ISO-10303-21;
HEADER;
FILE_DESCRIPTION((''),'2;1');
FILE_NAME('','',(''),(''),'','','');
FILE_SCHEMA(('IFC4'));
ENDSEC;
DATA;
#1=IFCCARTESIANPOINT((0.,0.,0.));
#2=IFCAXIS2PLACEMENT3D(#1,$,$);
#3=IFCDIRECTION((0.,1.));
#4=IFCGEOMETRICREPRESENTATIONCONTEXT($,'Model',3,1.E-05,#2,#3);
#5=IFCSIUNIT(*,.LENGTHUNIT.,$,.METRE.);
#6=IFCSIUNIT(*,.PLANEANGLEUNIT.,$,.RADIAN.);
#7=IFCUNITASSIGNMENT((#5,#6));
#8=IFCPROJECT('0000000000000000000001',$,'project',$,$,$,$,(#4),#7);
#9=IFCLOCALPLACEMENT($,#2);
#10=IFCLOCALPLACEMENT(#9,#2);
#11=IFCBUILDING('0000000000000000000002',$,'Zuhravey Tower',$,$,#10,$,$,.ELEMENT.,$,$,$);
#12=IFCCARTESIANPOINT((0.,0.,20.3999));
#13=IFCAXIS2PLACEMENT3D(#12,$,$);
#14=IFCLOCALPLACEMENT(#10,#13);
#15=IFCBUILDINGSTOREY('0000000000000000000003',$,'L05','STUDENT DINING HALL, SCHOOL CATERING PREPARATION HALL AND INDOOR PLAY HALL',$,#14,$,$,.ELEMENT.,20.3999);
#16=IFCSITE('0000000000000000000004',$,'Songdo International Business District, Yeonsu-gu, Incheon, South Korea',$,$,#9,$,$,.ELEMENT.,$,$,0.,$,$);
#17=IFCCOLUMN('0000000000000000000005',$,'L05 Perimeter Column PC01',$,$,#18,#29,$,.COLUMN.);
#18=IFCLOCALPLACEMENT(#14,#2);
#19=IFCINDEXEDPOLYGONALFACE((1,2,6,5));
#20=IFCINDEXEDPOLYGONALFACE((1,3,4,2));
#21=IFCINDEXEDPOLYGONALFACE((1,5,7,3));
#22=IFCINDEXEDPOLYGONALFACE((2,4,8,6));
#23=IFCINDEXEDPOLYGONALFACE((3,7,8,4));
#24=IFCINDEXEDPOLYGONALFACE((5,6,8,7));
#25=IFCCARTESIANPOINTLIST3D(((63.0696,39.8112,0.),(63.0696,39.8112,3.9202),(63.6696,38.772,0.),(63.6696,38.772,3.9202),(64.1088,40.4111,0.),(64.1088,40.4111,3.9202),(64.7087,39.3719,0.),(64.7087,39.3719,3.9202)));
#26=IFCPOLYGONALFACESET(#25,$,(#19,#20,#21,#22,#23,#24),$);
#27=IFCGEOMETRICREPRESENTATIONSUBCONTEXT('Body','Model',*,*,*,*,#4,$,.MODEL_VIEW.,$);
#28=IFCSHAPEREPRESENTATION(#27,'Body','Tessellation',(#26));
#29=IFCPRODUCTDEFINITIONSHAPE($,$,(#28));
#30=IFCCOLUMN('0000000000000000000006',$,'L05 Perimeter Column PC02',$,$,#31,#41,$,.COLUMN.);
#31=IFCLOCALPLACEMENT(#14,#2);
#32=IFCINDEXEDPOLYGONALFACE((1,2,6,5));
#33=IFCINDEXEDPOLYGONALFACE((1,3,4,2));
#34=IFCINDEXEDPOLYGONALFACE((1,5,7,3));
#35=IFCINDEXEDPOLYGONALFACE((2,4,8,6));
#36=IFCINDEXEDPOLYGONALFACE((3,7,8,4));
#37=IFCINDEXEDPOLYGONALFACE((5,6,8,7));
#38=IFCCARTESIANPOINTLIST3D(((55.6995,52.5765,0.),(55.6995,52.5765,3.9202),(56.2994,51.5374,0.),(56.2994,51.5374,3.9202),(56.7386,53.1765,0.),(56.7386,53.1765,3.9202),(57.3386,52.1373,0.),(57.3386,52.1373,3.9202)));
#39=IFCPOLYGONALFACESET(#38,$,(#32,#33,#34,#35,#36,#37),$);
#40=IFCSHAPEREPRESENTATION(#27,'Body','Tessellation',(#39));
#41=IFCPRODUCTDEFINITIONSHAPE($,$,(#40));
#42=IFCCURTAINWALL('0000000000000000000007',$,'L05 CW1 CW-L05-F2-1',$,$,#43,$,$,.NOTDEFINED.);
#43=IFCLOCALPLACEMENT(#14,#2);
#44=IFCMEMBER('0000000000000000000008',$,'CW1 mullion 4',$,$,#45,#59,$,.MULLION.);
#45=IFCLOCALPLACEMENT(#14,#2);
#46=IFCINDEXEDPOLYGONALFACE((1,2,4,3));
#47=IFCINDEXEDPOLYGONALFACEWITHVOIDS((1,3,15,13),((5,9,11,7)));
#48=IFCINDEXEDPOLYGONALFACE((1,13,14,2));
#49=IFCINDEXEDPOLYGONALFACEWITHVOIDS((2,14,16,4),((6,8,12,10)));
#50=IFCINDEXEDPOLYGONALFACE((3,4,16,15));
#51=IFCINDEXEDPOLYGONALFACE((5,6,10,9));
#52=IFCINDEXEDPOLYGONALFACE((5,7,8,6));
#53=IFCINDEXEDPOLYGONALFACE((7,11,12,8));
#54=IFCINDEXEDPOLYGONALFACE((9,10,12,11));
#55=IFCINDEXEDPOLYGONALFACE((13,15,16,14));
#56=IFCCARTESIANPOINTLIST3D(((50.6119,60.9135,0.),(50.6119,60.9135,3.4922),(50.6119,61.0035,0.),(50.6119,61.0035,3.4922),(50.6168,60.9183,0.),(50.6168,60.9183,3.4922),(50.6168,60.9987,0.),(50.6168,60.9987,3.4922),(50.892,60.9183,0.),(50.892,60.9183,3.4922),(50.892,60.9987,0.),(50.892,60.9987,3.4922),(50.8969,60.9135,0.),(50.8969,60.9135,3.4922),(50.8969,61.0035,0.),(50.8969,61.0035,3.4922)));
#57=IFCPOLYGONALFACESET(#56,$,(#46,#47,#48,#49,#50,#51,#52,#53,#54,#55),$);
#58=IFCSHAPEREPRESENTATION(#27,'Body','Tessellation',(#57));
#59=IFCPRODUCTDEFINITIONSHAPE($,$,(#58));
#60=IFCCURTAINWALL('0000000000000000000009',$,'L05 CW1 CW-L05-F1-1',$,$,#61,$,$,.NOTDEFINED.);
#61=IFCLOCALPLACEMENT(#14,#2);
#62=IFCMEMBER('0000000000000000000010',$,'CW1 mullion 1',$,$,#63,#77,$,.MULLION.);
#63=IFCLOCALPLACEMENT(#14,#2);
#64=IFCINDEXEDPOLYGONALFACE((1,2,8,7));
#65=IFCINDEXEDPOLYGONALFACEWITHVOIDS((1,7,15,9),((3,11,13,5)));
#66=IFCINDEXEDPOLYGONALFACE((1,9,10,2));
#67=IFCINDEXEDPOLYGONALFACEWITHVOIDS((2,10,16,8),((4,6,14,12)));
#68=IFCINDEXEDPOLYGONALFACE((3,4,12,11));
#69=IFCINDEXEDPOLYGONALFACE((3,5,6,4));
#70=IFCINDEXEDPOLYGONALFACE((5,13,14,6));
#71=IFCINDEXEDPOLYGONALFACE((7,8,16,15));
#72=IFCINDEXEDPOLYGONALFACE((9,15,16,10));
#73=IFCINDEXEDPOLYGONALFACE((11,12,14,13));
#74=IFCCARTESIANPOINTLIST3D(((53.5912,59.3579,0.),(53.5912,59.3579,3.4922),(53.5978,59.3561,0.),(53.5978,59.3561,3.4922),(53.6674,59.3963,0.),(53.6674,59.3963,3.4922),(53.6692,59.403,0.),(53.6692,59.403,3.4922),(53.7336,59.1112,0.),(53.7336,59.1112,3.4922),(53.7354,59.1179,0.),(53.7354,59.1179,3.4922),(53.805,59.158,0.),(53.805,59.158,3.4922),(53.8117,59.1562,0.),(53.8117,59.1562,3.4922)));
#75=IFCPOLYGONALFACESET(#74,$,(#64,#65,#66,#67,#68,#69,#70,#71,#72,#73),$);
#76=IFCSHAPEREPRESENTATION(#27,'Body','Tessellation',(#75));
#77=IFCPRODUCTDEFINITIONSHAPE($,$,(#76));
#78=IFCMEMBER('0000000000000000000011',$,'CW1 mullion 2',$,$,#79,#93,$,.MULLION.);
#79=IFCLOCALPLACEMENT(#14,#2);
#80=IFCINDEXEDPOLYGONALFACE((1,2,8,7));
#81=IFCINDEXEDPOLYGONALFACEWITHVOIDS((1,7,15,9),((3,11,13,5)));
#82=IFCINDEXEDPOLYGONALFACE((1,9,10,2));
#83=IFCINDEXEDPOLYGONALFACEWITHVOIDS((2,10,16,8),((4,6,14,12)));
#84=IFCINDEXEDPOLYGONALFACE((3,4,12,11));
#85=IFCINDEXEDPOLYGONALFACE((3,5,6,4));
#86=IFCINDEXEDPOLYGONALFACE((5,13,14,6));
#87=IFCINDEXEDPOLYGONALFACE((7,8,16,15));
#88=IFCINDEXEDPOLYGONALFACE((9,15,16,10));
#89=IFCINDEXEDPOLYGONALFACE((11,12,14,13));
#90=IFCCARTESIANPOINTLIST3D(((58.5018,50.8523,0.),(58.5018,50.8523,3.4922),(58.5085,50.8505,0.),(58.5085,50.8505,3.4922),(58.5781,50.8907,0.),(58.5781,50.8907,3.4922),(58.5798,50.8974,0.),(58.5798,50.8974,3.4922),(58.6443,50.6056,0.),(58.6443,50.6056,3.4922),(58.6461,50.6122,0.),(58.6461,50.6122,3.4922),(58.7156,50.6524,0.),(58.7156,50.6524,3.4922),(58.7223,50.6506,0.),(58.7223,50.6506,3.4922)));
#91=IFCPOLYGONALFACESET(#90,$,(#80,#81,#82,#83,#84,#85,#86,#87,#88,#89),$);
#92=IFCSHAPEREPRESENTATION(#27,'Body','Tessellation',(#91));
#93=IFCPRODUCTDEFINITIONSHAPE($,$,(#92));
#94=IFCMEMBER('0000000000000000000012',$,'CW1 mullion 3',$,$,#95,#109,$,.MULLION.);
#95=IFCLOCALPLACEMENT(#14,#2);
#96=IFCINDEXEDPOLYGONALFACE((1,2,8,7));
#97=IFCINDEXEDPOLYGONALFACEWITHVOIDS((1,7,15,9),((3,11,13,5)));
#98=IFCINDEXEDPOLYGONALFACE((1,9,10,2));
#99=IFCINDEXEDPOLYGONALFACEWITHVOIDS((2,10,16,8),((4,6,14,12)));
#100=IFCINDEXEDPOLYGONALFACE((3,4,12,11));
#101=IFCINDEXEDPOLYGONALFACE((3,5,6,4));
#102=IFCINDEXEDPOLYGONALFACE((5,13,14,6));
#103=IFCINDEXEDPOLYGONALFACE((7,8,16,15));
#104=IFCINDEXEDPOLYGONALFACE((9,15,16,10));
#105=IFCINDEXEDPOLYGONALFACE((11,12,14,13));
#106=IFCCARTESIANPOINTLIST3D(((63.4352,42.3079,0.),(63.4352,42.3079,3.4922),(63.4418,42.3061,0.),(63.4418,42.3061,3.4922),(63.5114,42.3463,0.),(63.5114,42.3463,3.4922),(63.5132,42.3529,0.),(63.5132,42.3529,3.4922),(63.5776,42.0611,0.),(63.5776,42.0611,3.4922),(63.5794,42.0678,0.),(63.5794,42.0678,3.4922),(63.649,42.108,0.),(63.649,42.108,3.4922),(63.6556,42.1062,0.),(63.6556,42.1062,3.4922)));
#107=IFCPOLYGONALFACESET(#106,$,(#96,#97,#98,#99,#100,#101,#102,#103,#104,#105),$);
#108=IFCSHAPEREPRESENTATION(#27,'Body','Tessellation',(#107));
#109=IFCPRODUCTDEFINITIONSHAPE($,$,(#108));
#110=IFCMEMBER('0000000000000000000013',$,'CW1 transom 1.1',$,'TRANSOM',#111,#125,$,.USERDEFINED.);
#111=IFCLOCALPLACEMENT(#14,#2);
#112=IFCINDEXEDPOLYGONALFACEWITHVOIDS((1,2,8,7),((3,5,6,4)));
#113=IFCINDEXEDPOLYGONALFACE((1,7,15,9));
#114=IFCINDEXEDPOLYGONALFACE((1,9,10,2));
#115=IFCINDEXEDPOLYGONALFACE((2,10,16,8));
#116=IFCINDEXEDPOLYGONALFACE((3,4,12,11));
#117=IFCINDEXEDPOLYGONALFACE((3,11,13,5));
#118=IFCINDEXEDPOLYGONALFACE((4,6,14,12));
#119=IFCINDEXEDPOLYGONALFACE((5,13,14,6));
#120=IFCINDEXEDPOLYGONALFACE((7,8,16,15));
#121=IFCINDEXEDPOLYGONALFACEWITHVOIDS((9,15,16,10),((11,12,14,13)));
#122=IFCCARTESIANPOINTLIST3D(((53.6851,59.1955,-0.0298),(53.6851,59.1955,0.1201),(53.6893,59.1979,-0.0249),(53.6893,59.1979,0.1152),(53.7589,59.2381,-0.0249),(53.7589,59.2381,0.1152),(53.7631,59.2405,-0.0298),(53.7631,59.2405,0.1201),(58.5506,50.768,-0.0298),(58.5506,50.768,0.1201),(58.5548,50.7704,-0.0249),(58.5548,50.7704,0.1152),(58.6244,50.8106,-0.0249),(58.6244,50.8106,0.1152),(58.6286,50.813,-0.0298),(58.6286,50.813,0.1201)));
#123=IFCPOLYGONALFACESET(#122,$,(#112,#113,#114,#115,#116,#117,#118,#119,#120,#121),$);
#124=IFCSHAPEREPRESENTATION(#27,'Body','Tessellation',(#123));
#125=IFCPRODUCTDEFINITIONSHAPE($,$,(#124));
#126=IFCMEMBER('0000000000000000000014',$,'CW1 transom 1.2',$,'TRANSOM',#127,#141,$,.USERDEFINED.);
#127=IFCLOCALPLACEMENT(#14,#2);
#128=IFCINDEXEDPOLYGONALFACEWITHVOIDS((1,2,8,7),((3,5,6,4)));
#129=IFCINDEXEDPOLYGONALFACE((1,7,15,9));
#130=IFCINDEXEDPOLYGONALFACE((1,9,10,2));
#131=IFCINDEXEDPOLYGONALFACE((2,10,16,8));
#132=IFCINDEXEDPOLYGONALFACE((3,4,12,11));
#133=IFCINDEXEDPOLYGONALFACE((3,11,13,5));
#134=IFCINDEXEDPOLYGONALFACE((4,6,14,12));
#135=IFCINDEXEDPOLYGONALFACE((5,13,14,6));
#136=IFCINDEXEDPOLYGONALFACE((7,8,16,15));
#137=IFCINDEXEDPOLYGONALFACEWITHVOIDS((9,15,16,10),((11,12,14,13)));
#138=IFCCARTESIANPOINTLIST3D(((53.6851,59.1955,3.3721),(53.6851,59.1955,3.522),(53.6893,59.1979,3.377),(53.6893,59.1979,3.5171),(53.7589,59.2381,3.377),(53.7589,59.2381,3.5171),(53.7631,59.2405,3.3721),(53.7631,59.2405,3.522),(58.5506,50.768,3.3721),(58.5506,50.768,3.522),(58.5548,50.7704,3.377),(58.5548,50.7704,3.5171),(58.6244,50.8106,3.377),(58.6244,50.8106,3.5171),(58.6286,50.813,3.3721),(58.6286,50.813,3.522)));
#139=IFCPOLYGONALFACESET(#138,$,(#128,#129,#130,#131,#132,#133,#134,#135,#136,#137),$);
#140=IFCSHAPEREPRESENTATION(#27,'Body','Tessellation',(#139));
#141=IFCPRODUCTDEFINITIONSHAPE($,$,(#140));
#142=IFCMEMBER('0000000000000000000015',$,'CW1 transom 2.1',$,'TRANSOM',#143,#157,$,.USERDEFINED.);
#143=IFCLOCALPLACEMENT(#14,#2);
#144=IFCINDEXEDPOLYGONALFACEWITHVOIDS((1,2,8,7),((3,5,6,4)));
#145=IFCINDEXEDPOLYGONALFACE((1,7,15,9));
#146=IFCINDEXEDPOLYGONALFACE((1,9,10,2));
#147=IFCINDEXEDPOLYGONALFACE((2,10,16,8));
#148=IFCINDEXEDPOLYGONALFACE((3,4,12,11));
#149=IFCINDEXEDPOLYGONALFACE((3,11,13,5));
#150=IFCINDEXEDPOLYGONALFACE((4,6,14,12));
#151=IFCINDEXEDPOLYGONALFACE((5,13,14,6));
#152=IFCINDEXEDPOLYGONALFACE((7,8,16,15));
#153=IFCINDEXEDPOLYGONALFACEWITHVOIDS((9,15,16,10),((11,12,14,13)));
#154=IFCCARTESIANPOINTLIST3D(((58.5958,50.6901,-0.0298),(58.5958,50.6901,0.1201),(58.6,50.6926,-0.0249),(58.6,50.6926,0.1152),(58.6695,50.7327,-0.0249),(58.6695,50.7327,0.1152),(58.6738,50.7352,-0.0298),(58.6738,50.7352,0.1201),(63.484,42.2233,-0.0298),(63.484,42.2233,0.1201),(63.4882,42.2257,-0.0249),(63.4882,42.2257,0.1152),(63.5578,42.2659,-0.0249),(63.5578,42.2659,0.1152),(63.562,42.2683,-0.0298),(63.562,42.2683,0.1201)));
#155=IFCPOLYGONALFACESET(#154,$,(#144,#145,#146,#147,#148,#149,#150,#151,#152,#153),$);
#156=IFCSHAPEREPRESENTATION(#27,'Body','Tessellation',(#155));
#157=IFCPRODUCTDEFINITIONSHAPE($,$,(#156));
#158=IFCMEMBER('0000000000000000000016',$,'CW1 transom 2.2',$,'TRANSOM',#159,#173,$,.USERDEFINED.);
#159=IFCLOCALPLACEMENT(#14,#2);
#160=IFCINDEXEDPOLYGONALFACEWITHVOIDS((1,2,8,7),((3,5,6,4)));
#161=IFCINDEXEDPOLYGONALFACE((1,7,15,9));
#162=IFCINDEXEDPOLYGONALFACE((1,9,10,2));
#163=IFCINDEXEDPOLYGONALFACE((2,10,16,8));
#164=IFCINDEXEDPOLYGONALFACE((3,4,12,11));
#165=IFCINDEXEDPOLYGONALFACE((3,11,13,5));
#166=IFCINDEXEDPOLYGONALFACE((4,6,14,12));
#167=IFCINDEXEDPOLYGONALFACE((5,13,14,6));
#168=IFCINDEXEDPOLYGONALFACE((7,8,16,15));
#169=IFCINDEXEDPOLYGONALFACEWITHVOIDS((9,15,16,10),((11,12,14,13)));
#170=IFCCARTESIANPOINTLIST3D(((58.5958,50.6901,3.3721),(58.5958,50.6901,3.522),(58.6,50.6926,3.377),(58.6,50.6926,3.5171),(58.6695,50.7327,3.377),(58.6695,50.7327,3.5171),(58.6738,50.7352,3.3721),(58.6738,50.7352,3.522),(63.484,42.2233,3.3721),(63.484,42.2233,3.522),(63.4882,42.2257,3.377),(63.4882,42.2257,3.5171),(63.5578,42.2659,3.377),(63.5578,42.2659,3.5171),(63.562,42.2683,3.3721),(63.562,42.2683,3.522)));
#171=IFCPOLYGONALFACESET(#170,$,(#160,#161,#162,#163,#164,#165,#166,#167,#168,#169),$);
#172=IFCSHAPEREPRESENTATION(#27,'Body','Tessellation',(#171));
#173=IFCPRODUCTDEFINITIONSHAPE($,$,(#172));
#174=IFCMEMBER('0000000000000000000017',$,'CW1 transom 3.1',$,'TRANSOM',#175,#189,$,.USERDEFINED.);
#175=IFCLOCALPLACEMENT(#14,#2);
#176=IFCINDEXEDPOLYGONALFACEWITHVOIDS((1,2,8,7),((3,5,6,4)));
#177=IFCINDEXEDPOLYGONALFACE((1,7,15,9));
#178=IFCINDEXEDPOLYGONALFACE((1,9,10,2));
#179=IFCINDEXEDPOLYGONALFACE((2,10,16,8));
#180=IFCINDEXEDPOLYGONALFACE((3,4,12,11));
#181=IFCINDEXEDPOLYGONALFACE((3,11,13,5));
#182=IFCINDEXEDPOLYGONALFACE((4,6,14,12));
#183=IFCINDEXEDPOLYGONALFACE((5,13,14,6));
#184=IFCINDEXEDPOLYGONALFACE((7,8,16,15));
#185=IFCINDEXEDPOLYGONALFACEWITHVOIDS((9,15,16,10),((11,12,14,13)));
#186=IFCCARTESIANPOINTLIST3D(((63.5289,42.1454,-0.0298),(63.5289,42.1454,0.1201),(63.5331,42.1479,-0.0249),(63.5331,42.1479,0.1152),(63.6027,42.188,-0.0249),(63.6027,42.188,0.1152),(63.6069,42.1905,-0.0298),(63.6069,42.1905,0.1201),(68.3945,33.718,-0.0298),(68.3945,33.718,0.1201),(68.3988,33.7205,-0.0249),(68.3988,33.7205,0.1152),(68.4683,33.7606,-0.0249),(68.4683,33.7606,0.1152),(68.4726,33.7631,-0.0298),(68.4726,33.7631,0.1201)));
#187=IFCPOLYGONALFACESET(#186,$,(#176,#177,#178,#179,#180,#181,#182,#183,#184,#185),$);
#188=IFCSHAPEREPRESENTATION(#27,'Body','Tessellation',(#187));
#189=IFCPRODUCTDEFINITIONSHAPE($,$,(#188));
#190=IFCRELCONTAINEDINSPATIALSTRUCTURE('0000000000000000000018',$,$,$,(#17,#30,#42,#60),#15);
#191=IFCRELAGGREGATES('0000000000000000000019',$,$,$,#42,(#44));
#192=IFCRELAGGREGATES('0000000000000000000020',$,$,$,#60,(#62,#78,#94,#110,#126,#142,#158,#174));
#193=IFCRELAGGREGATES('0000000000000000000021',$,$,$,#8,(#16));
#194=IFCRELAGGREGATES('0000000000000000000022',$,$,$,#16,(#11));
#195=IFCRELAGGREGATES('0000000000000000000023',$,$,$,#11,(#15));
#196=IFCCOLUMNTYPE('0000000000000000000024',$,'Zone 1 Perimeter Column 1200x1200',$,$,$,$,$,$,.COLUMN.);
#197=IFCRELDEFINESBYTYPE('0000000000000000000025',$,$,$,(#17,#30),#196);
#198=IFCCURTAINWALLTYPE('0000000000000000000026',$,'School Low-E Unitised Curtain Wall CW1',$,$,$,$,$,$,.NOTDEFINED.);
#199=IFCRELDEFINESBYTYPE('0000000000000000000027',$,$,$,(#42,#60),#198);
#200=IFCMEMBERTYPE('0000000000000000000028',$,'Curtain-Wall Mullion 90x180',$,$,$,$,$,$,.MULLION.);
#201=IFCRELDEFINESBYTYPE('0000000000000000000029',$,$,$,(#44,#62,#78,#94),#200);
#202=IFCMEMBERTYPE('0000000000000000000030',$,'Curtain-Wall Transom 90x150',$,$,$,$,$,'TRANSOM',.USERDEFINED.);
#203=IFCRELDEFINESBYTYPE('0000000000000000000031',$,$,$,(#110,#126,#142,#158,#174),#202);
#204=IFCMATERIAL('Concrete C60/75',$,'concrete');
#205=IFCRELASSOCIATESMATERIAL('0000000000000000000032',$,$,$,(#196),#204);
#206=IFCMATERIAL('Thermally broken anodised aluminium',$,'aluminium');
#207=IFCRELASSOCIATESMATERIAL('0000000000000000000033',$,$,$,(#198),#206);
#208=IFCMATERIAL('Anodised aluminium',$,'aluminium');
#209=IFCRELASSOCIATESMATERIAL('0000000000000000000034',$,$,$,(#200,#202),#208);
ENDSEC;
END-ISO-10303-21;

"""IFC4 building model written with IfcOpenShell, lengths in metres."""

from ifc_helpers import new_model, si_unit, direction, frame, origin, origin_2d, place, context, subcontext, project, spatial, rectangle, hollow_rectangle, extrude, material, material_profile, profile_set, type_object, element, aggregate, save


model = new_model("IFC4")

# Units and contexts
model_context = context("Model", 3, precision=1e-05, world=origin(), true_north=direction((0.0, 1.0)))
body_context = subcontext(model_context, "Body", "Model", "MODEL_VIEW")
ifc_project = project(units=[si_unit("LENGTHUNIT", "METRE"), si_unit("PLANEANGLEUNIT", "RADIAN")], contexts=[model_context])

# Site, building, storey
site_placement = place(None, origin())
site = spatial("IfcSite", under=ifc_project, at=site_placement, Name="Songdo International Business District, Yeonsu-gu, Incheon, South Korea", CompositionType="ELEMENT", RefElevation=0.0)
building_placement = place(site_placement, origin())
building = spatial("IfcBuilding", under=site, at=building_placement, Name="Zuhravey Tower", CompositionType="ELEMENT")
storey_placement = place(building_placement, frame((0.0, 0.0, 20.3999)))
storey = spatial("IfcBuildingStorey", under=building, at=storey_placement, Name="L05", Description="STUDENT DINING HALL, SCHOOL CATERING PREPARATION HALL AND INDOOR PLAY HALL", CompositionType="ELEMENT", Elevation=20.3999)

# Columns
ifc_material_1 = material(Name="Concrete C60/75", Category="concrete")
ifc_material_profile_1 = material_profile(ifc_material_1, rectangle(XDim=1.2, YDim=1.2, at=origin_2d()), Name="RC-1200x1200")
ifc_profile_set_1 = profile_set([ifc_material_profile_1], Name="Concrete C60/75")
column_type = type_object("IfcColumnType", Name="Zone 1 Perimeter Column 1200x1200", PredefinedType="COLUMN", material=ifc_profile_set_1)
for number, where, z_axis, x_axis, name in (
    (1, (63.8892, 39.5916, 0.0), (0.0, 0.0, 1.0), (-0.5, 0.866025, 0.0), "L05 Perimeter Column PC01"),
    (2, (56.519, 52.3569, 0.0), (0.0, 0.0, 1.0), (-0.5, 0.866025, 0.0), "L05 Perimeter Column PC02"),
):
    element("IfcColumn", number, at=place(storey_placement, frame(where, z_axis=z_axis, x_axis=x_axis)), inside=storey, type_object=column_type, Name=name, PredefinedType="COLUMN", context=body_context, shape_type="SweptSolid", body=[
        extrude(rectangle(XDim=1.2, YDim=1.2, at=origin_2d()), origin(), (0.0, 0.0, 1.0), 3.9202),
    ])

# Curtain wall, member
ifc_material_2 = material(Name="Thermally broken anodised aluminium", Category="aluminium")
curtain_wall_type = type_object("IfcCurtainWallType", Name="School Low-E Unitised Curtain Wall CW1", PredefinedType="NOTDEFINED", material=ifc_material_2)
curtain_wall_1_placement = place(storey_placement, origin())
curtain_wall_1 = element("IfcCurtainWall", 3, at=curtain_wall_1_placement, inside=storey, type_object=curtain_wall_type, Name="L05 CW1 CW-L05-F2-1", PredefinedType="NOTDEFINED")
ifc_material_3 = material(Name="Anodised aluminium", Category="aluminium")
ifc_material_profile_2 = material_profile(ifc_material_3, hollow_rectangle(XDim=0.0901, YDim=0.2849, WallThickness=0.0049, at=origin_2d()), Name="ALU-RHS-90x285x5")
ifc_profile_set_2 = profile_set([ifc_material_profile_2], Name="Anodised aluminium")
member_type_1 = type_object("IfcMemberType", Name="Curtain-Wall Mullion 90x180", PredefinedType="MULLION", material=ifc_profile_set_2)
member_1_placement = place(storey_placement, frame((50.7544, 60.9585, 0.0), z_axis=(0.0, 0.0, 1.0), x_axis=(0.0, 1.0, 0.0)))
member_1 = element("IfcMember", 4, at=member_1_placement, type_object=member_type_1, Name="CW1 mullion 4", PredefinedType="MULLION", context=body_context, shape_type="SweptSolid", body=[
    extrude(hollow_rectangle(XDim=0.0901, YDim=0.2849, WallThickness=0.0049, at=origin_2d()), origin(), (0.0, 0.0, 1.0), 3.4922),
])
aggregate(curtain_wall_1, [member_1])

# Curtain wall, members
curtain_wall_2_placement = place(storey_placement, origin())
curtain_wall_2 = element("IfcCurtainWall", 5, at=curtain_wall_2_placement, inside=storey, type_object=curtain_wall_type, Name="L05 CW1 CW-L05-F1-1", PredefinedType="NOTDEFINED")
member_2_placement = place(storey_placement, frame((53.7014, 59.2571, 0.0), z_axis=(0.0, 0.0, 1.0), x_axis=(0.866026, 0.5, 0.0)))
member_2 = element("IfcMember", 6, at=member_2_placement, type_object=member_type_1, Name="CW1 mullion 1", PredefinedType="MULLION", context=body_context, shape_type="SweptSolid", body=[
    extrude(hollow_rectangle(XDim=0.0901, YDim=0.2849, WallThickness=0.0049, at=origin_2d()), origin(), (0.0, 0.0, 1.0), 3.4922),
])
member_3_placement = place(storey_placement, frame((58.6121, 50.7515, 0.0), z_axis=(0.0, 0.0, 1.0), x_axis=(0.866026, 0.5, 0.0)))
member_3 = element("IfcMember", 7, at=member_3_placement, type_object=member_type_1, Name="CW1 mullion 2", PredefinedType="MULLION", context=body_context, shape_type="SweptSolid", body=[
    extrude(hollow_rectangle(XDim=0.0901, YDim=0.2849, WallThickness=0.0049, at=origin_2d()), origin(), (0.0, 0.0, 1.0), 3.4922),
])
member_4_placement = place(storey_placement, frame((63.5454, 42.207, 0.0), z_axis=(0.0, 0.0, 1.0), x_axis=(0.866026, 0.5, 0.0)))
member_4 = element("IfcMember", 8, at=member_4_placement, type_object=member_type_1, Name="CW1 mullion 3", PredefinedType="MULLION", context=body_context, shape_type="SweptSolid", body=[
    extrude(hollow_rectangle(XDim=0.0901, YDim=0.2849, WallThickness=0.0049, at=origin_2d()), origin(), (0.0, 0.0, 1.0), 3.4922),
])
ifc_material_profile_3 = material_profile(ifc_material_3, hollow_rectangle(XDim=0.0901, YDim=0.1499, WallThickness=0.0049, at=origin_2d()), Name="ALU-RHS-90x150x5")
ifc_profile_set_3 = profile_set([ifc_material_profile_3], Name="Anodised aluminium")
member_type_2 = type_object("IfcMemberType", Name="Curtain-Wall Transom 90x150", ElementType="TRANSOM", PredefinedType="USERDEFINED", material=ifc_profile_set_3)
member_5_placement = place(storey_placement, frame((53.7241, 59.218, 0.0452), z_axis=(0.49999, -0.866031, 0.0), x_axis=(0.866031, 0.49999, 0.0)))
member_5 = element("IfcMember", 9, at=member_5_placement, type_object=member_type_2, Name="CW1 transom 1.1", ObjectType="TRANSOM", PredefinedType="USERDEFINED", context=body_context, shape_type="SweptSolid", body=[
    extrude(hollow_rectangle(XDim=0.0901, YDim=0.1499, WallThickness=0.0049, at=origin_2d()), origin(), (0.0, 0.0, 1.0), 9.7312),
])
member_6_placement = place(storey_placement, frame((53.7241, 59.218, 3.447), z_axis=(0.49999, -0.866031, 0.0), x_axis=(0.866031, 0.49999, 0.0)))
member_6 = element("IfcMember", 10, at=member_6_placement, type_object=member_type_2, Name="CW1 transom 1.2", ObjectType="TRANSOM", PredefinedType="USERDEFINED", context=body_context, shape_type="SweptSolid", body=[
    extrude(hollow_rectangle(XDim=0.0901, YDim=0.1499, WallThickness=0.0049, at=origin_2d()), origin(), (0.0, 0.0, 1.0), 9.7312),
])
member_7_placement = place(storey_placement, frame((58.6348, 50.7126, 0.0452), z_axis=(0.49999, -0.866031, 0.0), x_axis=(0.866031, 0.49999, 0.0)))
member_7 = element("IfcMember", 11, at=member_7_placement, type_object=member_type_2, Name="CW1 transom 2.1", ObjectType="TRANSOM", PredefinedType="USERDEFINED", context=body_context, shape_type="SweptSolid", body=[
    extrude(hollow_rectangle(XDim=0.0901, YDim=0.1499, WallThickness=0.0049, at=origin_2d()), origin(), (0.0, 0.0, 1.0), 9.7766),
])
member_8_placement = place(storey_placement, frame((58.6348, 50.7126, 3.447), z_axis=(0.49999, -0.866031, 0.0), x_axis=(0.866031, 0.49999, 0.0)))
member_8 = element("IfcMember", 12, at=member_8_placement, type_object=member_type_2, Name="CW1 transom 2.2", ObjectType="TRANSOM", PredefinedType="USERDEFINED", context=body_context, shape_type="SweptSolid", body=[
    extrude(hollow_rectangle(XDim=0.0901, YDim=0.1499, WallThickness=0.0049, at=origin_2d()), origin(), (0.0, 0.0, 1.0), 9.7766),
])
member_9_placement = place(storey_placement, frame((63.5679, 42.168, 0.0452), z_axis=(0.500008, -0.866021, 0.0), x_axis=(0.866021, 0.500008, 0.0)))
member_9 = element("IfcMember", 13, at=member_9_placement, type_object=member_type_2, Name="CW1 transom 3.1", ObjectType="TRANSOM", PredefinedType="USERDEFINED", context=body_context, shape_type="SweptSolid", body=[
    extrude(hollow_rectangle(XDim=0.0901, YDim=0.1499, WallThickness=0.0049, at=origin_2d()), origin(), (0.0, 0.0, 1.0), 9.7312),
])

aggregate(curtain_wall_2, [member_2, member_3, member_4, member_5, member_6, member_7, member_8, member_9])

save(model, "model.ifc")
